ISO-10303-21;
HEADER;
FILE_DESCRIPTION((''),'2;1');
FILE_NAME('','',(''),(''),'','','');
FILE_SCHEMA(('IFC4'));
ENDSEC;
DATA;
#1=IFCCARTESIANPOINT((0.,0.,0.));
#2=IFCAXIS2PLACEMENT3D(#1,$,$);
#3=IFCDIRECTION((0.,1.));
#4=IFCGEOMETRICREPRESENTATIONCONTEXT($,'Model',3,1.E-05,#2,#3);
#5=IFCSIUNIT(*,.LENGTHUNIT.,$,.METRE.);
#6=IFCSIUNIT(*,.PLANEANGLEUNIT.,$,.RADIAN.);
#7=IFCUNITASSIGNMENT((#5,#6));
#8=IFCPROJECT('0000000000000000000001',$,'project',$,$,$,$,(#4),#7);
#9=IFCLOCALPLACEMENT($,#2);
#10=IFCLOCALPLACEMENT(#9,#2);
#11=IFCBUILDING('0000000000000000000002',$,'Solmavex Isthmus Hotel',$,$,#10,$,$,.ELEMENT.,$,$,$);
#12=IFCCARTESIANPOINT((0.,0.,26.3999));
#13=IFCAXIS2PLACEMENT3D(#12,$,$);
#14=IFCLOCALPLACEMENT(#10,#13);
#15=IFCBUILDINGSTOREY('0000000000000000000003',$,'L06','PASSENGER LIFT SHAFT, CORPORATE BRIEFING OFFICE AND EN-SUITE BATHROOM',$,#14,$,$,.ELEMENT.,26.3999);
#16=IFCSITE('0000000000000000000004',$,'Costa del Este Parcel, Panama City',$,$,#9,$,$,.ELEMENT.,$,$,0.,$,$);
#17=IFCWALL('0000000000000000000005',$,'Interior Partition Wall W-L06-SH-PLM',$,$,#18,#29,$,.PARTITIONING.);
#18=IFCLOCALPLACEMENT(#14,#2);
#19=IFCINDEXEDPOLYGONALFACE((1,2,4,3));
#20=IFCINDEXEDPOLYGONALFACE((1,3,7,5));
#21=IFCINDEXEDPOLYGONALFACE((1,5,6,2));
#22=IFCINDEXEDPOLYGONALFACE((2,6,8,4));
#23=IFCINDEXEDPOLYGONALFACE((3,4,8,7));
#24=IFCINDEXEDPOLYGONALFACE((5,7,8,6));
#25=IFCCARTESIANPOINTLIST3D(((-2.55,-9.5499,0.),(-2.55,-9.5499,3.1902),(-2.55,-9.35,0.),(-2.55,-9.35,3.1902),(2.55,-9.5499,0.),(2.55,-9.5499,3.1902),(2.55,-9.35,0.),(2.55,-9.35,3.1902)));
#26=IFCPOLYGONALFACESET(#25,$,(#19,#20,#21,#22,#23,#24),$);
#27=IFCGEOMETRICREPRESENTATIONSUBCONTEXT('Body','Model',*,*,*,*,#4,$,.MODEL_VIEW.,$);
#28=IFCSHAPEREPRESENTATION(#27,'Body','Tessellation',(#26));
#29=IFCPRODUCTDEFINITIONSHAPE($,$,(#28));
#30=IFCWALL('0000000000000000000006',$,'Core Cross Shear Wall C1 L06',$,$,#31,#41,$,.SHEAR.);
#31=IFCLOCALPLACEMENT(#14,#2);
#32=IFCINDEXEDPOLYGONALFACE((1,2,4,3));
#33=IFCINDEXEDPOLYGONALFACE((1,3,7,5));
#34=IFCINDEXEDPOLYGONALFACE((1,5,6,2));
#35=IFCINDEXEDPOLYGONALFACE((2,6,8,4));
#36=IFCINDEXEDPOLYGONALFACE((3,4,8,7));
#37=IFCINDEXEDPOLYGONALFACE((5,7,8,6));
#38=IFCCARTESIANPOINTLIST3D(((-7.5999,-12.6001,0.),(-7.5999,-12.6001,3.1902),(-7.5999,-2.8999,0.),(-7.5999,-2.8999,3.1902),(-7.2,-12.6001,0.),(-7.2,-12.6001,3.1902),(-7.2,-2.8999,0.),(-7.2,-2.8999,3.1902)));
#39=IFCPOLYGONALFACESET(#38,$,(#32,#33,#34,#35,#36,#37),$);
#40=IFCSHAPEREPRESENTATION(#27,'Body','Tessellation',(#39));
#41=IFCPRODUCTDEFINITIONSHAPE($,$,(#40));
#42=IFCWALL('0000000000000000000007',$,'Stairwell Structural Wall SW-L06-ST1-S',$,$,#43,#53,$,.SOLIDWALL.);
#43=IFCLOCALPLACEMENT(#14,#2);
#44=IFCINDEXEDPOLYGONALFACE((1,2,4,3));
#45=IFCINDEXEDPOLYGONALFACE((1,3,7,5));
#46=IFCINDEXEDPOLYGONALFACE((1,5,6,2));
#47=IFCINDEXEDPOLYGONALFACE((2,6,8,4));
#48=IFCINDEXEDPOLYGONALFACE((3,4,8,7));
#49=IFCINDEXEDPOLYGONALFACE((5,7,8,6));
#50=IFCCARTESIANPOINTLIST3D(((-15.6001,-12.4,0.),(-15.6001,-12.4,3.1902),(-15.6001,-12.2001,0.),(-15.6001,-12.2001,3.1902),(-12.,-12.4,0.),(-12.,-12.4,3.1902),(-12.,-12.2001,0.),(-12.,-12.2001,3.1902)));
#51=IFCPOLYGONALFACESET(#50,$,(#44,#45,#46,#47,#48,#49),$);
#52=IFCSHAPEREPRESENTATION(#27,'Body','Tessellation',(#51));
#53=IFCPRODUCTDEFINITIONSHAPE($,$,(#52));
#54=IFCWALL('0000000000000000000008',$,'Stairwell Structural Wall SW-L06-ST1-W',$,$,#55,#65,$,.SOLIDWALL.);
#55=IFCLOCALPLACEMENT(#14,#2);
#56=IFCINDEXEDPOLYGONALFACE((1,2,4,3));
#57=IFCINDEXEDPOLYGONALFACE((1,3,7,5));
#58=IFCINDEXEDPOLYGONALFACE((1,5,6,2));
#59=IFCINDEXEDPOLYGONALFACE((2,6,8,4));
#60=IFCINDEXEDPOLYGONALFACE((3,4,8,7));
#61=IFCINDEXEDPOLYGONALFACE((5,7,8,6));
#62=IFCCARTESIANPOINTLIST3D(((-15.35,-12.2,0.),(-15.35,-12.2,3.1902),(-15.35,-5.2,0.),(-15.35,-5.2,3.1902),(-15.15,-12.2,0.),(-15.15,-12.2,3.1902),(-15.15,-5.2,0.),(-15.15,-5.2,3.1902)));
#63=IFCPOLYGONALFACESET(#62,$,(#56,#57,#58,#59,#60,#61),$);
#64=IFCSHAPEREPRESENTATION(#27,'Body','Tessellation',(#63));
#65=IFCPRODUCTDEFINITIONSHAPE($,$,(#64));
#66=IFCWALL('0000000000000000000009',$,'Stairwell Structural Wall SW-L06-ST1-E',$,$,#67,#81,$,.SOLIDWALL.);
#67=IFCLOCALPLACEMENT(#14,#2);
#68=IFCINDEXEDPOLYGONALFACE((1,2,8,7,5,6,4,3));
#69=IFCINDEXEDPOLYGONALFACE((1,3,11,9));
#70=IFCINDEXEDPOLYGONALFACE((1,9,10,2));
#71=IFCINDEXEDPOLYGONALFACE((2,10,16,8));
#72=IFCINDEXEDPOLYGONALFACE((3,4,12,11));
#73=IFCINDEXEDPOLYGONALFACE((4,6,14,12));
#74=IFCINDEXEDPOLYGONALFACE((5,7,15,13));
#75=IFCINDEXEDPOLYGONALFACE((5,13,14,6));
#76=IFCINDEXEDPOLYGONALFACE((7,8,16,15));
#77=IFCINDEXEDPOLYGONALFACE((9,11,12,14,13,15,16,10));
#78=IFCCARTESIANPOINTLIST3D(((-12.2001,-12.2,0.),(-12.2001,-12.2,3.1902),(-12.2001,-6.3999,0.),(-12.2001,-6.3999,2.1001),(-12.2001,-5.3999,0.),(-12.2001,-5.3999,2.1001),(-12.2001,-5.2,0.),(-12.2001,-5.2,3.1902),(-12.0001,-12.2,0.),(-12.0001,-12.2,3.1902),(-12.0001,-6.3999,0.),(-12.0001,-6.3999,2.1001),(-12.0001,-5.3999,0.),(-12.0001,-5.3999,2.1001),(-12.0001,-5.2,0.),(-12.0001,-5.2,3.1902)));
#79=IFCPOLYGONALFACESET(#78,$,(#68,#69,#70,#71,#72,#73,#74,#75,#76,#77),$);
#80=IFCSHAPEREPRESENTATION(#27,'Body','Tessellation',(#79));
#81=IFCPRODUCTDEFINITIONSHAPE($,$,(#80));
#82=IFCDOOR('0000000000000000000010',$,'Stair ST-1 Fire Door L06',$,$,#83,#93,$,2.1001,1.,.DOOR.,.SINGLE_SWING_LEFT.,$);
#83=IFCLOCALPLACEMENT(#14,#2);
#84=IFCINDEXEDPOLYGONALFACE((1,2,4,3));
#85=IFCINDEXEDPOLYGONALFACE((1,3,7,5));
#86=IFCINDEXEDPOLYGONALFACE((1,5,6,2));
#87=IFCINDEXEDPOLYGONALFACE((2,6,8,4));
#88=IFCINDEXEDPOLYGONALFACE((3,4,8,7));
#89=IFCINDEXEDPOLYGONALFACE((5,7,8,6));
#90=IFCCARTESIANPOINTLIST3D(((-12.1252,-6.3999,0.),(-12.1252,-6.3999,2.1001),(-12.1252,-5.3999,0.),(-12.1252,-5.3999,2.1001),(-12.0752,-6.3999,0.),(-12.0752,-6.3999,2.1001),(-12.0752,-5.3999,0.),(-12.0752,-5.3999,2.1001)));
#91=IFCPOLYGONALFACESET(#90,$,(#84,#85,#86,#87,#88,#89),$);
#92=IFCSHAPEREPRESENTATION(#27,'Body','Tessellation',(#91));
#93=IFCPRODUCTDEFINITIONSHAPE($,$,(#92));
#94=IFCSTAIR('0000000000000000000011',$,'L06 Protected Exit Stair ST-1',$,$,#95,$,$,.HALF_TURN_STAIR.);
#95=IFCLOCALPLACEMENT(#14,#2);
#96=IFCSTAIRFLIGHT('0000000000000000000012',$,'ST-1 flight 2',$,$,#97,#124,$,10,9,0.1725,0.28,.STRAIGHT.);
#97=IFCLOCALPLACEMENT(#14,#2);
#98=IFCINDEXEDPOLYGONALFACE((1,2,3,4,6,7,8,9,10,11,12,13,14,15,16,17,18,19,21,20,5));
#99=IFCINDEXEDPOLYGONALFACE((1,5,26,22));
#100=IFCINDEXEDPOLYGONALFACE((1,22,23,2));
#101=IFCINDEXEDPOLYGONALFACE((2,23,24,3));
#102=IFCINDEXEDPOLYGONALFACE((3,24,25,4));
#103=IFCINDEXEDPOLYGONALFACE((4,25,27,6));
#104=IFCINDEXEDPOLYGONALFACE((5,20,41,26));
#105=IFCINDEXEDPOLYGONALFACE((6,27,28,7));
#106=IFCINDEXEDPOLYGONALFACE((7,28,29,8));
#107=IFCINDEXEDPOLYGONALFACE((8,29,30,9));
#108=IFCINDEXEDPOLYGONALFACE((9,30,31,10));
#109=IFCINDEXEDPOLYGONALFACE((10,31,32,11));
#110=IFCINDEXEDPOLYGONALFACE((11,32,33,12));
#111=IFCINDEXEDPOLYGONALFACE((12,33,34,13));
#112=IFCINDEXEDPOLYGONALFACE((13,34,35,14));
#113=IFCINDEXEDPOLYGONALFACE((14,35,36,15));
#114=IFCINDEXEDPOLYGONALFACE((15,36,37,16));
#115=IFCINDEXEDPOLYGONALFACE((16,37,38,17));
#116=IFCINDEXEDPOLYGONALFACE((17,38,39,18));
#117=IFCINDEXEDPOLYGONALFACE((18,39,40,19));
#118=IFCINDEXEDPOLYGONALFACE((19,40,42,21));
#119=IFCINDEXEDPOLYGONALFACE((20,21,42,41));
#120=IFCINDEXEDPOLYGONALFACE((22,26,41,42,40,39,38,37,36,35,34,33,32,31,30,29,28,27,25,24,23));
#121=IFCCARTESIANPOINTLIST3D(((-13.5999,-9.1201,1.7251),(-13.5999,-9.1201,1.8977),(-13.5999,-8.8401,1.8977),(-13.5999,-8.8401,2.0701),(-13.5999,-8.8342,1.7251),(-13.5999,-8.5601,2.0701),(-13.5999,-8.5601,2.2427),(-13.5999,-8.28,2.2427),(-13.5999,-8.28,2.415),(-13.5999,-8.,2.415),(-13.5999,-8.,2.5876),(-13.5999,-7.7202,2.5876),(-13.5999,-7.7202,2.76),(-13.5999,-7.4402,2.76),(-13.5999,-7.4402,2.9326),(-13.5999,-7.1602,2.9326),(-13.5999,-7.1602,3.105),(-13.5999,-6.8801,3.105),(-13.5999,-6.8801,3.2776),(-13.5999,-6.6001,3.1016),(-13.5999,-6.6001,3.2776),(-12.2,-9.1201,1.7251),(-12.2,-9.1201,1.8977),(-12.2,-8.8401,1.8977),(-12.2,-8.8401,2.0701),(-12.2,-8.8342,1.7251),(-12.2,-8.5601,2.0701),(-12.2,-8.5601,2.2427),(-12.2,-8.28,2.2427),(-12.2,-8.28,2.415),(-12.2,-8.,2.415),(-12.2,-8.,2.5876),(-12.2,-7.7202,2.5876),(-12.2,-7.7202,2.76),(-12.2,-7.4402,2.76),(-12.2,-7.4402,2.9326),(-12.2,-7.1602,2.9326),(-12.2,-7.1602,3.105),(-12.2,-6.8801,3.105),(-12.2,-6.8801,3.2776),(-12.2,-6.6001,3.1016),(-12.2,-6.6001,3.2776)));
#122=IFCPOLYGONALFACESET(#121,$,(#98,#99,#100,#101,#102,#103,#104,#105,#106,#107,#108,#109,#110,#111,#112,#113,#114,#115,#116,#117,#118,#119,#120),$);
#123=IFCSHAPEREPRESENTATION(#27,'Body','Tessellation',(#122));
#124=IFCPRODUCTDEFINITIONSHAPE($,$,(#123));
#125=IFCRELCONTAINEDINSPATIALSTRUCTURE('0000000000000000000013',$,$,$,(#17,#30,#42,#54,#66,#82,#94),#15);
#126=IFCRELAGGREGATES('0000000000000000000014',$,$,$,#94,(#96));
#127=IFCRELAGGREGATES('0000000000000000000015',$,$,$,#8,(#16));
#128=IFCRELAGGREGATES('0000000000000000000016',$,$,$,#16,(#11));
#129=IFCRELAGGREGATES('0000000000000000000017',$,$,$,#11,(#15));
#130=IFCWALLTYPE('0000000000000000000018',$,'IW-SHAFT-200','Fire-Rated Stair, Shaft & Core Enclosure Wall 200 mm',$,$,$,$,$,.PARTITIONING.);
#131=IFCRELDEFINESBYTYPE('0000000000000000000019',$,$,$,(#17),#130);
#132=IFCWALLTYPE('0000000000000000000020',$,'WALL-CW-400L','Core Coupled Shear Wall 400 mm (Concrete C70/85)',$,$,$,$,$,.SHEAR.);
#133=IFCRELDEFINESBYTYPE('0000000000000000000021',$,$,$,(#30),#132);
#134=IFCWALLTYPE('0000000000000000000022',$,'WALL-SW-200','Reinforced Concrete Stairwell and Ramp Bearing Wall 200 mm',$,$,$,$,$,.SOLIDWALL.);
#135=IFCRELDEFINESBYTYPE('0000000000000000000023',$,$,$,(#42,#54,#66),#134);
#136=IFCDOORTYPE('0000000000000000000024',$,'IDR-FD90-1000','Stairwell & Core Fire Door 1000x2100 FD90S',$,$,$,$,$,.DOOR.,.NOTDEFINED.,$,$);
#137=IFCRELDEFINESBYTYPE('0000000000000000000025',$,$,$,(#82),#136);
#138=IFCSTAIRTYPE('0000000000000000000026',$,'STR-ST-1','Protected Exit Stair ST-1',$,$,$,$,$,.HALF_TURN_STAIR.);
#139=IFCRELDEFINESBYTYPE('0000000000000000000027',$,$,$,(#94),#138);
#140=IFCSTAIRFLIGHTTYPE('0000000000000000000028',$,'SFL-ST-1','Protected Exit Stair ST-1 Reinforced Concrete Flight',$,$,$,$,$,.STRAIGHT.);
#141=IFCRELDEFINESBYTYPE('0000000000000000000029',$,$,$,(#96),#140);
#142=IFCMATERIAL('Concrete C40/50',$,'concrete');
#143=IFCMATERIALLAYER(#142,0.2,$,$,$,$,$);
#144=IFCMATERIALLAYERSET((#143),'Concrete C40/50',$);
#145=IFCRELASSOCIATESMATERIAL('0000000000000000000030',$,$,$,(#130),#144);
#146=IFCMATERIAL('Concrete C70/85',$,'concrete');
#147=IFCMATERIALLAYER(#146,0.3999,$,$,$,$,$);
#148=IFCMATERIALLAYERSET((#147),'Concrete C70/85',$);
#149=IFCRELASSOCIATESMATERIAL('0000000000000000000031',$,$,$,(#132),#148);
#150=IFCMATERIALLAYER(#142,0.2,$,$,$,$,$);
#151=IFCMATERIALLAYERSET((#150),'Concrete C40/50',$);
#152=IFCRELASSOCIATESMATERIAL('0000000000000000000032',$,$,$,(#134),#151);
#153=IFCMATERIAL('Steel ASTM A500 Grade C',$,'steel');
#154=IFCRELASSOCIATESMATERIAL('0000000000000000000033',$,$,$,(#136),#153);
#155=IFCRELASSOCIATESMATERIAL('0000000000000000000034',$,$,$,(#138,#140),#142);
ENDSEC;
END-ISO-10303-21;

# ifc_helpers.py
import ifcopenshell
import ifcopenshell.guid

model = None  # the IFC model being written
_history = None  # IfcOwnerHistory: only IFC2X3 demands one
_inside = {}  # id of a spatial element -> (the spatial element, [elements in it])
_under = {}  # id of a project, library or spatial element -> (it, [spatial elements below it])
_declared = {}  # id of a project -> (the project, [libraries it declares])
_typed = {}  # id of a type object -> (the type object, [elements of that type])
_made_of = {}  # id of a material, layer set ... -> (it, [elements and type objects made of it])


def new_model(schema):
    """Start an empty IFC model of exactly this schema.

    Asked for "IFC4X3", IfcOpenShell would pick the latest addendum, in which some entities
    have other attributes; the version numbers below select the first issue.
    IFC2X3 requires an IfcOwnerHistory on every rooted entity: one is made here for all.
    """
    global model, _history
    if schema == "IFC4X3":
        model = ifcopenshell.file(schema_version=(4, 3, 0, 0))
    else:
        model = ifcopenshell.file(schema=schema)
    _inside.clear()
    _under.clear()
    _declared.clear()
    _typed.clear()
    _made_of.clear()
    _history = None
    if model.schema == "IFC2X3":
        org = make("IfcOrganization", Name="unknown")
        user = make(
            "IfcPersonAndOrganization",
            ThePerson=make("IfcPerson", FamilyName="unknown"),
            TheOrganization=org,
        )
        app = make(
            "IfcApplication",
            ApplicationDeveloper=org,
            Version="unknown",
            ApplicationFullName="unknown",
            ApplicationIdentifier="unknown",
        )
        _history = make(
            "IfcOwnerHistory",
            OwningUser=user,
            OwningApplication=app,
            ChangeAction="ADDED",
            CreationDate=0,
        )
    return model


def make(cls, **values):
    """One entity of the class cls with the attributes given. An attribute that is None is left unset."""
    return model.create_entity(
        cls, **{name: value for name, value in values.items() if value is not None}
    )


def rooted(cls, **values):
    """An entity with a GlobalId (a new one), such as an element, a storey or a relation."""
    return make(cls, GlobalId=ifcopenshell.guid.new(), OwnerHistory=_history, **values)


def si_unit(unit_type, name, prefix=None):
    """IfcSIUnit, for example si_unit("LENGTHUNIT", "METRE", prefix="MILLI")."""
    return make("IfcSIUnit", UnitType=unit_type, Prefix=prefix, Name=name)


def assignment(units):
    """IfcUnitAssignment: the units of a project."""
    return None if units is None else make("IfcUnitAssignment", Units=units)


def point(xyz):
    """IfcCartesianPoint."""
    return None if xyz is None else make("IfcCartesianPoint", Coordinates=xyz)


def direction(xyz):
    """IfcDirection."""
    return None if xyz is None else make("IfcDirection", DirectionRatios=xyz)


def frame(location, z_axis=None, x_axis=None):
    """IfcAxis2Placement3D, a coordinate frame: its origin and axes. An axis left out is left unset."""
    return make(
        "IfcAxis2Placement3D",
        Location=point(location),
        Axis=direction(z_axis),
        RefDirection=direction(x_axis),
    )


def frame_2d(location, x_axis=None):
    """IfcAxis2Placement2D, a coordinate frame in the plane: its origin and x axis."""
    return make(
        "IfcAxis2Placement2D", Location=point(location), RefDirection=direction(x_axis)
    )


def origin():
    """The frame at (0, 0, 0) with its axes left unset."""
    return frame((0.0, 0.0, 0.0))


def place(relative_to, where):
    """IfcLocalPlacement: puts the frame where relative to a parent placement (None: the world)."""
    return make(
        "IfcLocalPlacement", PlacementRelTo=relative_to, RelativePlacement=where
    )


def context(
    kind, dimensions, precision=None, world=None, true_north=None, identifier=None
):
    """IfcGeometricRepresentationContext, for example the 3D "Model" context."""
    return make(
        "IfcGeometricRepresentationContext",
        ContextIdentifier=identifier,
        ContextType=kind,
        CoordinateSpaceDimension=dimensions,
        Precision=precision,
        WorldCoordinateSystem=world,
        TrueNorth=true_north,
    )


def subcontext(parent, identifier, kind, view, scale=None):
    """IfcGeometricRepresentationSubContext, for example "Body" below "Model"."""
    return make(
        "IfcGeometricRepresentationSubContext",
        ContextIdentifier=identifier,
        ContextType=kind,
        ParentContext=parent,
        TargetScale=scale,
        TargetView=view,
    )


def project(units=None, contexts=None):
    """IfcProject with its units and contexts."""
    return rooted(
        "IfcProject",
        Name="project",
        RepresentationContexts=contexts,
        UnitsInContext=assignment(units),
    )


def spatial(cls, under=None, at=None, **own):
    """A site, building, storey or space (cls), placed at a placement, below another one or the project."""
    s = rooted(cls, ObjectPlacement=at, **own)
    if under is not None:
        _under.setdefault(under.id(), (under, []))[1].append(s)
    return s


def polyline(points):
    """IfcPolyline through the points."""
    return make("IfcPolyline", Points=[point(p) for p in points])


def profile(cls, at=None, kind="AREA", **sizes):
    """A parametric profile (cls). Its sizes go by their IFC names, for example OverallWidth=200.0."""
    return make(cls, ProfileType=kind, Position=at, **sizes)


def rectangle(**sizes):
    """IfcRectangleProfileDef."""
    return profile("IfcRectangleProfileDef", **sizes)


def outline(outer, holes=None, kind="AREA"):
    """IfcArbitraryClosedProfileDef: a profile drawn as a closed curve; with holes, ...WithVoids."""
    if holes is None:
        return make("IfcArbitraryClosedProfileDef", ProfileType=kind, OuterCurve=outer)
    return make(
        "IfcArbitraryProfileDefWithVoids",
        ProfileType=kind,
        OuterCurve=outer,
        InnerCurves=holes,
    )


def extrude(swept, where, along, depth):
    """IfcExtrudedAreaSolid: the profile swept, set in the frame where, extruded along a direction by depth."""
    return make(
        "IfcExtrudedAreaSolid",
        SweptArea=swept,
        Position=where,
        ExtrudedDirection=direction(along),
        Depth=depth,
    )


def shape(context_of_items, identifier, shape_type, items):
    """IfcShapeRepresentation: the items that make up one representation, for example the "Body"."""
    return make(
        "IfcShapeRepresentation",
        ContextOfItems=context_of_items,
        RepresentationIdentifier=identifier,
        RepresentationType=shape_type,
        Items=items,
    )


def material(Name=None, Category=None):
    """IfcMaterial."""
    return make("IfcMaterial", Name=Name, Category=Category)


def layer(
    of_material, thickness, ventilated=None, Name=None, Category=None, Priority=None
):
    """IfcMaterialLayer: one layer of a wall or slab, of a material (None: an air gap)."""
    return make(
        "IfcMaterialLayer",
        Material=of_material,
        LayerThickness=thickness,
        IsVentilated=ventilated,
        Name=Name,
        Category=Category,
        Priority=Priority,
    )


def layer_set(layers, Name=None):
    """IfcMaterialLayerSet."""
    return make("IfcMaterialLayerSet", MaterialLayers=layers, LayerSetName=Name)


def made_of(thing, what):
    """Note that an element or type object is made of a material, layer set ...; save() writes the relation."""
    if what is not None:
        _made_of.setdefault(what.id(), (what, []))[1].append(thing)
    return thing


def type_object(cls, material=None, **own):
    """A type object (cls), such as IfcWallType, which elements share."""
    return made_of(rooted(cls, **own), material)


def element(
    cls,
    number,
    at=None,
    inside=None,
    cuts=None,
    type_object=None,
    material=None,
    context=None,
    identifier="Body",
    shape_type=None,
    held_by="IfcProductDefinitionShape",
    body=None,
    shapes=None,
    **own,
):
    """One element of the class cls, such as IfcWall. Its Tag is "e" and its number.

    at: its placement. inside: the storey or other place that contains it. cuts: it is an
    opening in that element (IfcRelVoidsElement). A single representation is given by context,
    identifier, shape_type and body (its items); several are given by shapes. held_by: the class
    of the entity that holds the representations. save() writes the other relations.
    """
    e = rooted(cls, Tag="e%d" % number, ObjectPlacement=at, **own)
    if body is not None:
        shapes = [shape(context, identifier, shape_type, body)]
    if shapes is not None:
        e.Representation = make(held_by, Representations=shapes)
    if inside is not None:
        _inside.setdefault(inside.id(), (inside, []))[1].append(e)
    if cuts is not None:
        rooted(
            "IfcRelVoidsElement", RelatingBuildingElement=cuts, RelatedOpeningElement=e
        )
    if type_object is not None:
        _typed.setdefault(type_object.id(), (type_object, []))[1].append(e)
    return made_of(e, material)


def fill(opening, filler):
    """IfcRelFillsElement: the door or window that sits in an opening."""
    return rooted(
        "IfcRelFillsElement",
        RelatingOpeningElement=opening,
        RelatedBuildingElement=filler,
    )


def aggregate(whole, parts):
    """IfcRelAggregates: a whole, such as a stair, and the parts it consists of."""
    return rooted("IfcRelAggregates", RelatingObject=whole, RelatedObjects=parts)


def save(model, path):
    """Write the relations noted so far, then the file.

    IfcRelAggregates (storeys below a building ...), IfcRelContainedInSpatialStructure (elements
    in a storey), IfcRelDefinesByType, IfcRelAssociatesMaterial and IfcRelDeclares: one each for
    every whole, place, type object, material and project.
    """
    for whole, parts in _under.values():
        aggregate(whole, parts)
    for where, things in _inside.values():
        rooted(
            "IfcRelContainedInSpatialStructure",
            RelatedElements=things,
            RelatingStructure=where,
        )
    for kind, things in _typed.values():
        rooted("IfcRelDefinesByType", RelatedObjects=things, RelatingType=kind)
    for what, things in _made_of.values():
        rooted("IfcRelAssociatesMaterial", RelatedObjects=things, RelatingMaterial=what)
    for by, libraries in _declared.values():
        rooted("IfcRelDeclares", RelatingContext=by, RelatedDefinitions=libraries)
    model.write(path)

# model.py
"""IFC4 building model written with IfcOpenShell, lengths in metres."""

from ifc_helpers import new_model, si_unit, direction, frame, frame_2d, origin, place, context, subcontext, project, spatial, polyline, rectangle, outline, extrude, material, layer, layer_set, type_object, element, fill, aggregate, save


model = new_model("IFC4")

# Units and contexts
model_context = context("Model", 3, precision=1e-05, world=origin(), true_north=direction((0.0, 1.0)))
body_context = subcontext(model_context, "Body", "Model", "MODEL_VIEW")
ifc_project = project(units=[si_unit("LENGTHUNIT", "METRE"), si_unit("PLANEANGLEUNIT", "RADIAN")], contexts=[model_context])

# Site, building, storey
site_placement = place(None, origin())
site = spatial("IfcSite", under=ifc_project, at=site_placement, Name="Costa del Este Parcel, Panama City", CompositionType="ELEMENT", RefElevation=0.0)
building_placement = place(site_placement, origin())
building = spatial("IfcBuilding", under=site, at=building_placement, Name="Solmavex Isthmus Hotel", CompositionType="ELEMENT")
storey_placement = place(building_placement, frame((0.0, 0.0, 26.3999)))
storey = spatial("IfcBuildingStorey", under=building, at=storey_placement, Name="L06", Description="PASSENGER LIFT SHAFT, CORPORATE BRIEFING OFFICE AND EN-SUITE BATHROOM", CompositionType="ELEMENT", Elevation=26.3999)

# Shared definitions
ifc_material_1 = material(Name="Concrete C70/85", Category="concrete")

# Shared definitions
ifc_material_2 = material(Name="Concrete C40/50", Category="concrete")

# Shared definitions
ifc_layer_1 = layer(ifc_material_2, 0.2)
ifc_layer_set_1 = layer_set([ifc_layer_1], Name="Concrete C40/50")
wall_type_1 = type_object("IfcWallType", Name="IW-SHAFT-200", Description="Fire-Rated Stair, Shaft & Core Enclosure Wall 200 mm", PredefinedType="PARTITIONING", material=ifc_layer_set_1)

# Walls
wall_1_placement = place(storey_placement, frame((-2.55, -9.45, 0.0), z_axis=(0.0, 0.0, 1.0), x_axis=(1.0, 0.0, 0.0)))
element("IfcWall", 1, at=wall_1_placement, inside=storey, type_object=wall_type_1, Name="Interior Partition Wall W-L06-SH-PLM", PredefinedType="PARTITIONING", context=body_context, shape_type="SweptSolid", body=[
    extrude(rectangle(XDim=5.1001, YDim=0.2, at=frame_2d((2.55, 0.0))), origin(), (0.0, 0.0, 1.0), 3.1902),
])
ifc_layer_2 = layer(ifc_material_1, 0.3999)
ifc_layer_set_2 = layer_set([ifc_layer_2], Name="Concrete C70/85")
wall_type_2 = type_object("IfcWallType", Name="WALL-CW-400L", Description="Core Coupled Shear Wall 400 mm (Concrete C70/85)", PredefinedType="SHEAR", material=ifc_layer_set_2)
wall_2_placement = place(storey_placement, frame((-7.3999, -12.6001, 0.0), z_axis=(0.0, 0.0, 1.0), x_axis=(0.0, 1.0, 0.0)))
element("IfcWall", 2, at=wall_2_placement, inside=storey, type_object=wall_type_2, Name="Core Cross Shear Wall C1 L06", PredefinedType="SHEAR", context=body_context, shape_type="SweptSolid", body=[
    extrude(rectangle(XDim=9.7002, YDim=0.3999, at=frame_2d((4.8501, 0.0))), origin(), (0.0, 0.0, 1.0), 3.1902),
])
ifc_layer_3 = layer(ifc_material_2, 0.2)
ifc_layer_set_3 = layer_set([ifc_layer_3], Name="Concrete C40/50")
wall_type_3 = type_object("IfcWallType", Name="WALL-SW-200", Description="Reinforced Concrete Stairwell and Ramp Bearing Wall 200 mm", PredefinedType="SOLIDWALL", material=ifc_layer_set_3)
wall_3_placement = place(storey_placement, frame((-15.6001, -12.3, 0.0), z_axis=(0.0, 0.0, 1.0), x_axis=(1.0, 0.0, 0.0)))
element("IfcWall", 3, at=wall_3_placement, inside=storey, type_object=wall_type_3, Name="Stairwell Structural Wall SW-L06-ST1-S", PredefinedType="SOLIDWALL", context=body_context, shape_type="SweptSolid", body=[
    extrude(rectangle(XDim=3.6001, YDim=0.2, at=frame_2d((1.8, 0.0))), origin(), (0.0, 0.0, 1.0), 3.1902),
])
wall_4_placement = place(storey_placement, frame((-15.25, -12.2, 0.0), z_axis=(0.0, 0.0, 1.0), x_axis=(0.0, 1.0, 0.0)))
element("IfcWall", 4, at=wall_4_placement, inside=storey, type_object=wall_type_3, Name="Stairwell Structural Wall SW-L06-ST1-W", PredefinedType="SOLIDWALL", context=body_context, shape_type="SweptSolid", body=[
    extrude(rectangle(XDim=7.0, YDim=0.2, at=frame_2d((3.5, 0.0))), origin(), (0.0, 0.0, 1.0), 3.1902),
])

# Wall, opening, door
wall_5_placement = place(storey_placement, frame((-12.1001, -12.2, 0.0), z_axis=(0.0, 0.0, 1.0), x_axis=(0.0, 1.0, 0.0)))
wall_5 = element("IfcWall", 5, at=wall_5_placement, inside=storey, type_object=wall_type_3, Name="Stairwell Structural Wall SW-L06-ST1-E", PredefinedType="SOLIDWALL", context=body_context, shape_type="SweptSolid", body=[
    extrude(rectangle(XDim=7.0, YDim=0.2, at=frame_2d((3.5, 0.0))), origin(), (0.0, 0.0, 1.0), 3.1902),
])
opening_1_placement = place(wall_5_placement, frame((5.8, 0.0, 0.0)))
opening_1 = element("IfcOpeningElement", 6, at=opening_1_placement, cuts=wall_5, PredefinedType="OPENING", context=body_context, shape_type="SweptSolid", body=[
    extrude(rectangle(XDim=1.0, YDim=2.1001, at=frame_2d((0.5, 1.05))), frame((0.0, 0.1099, 0.0), z_axis=(0.0, -1.0, 0.0), x_axis=(1.0, 0.0, 0.0)), (0.0, 0.0, 1.0), 0.22),
])
ifc_material_3 = material(Name="Steel ASTM A500 Grade C", Category="steel")
door_type_1 = type_object("IfcDoorType", Name="IDR-FD90-1000", Description="Stairwell & Core Fire Door 1000x2100 FD90S", OperationType="NOTDEFINED", PredefinedType="DOOR", material=ifc_material_3)
door_1_placement = place(opening_1_placement, frame((1.0, 0.0, 0.0), z_axis=(0.0, 0.0, 1.0), x_axis=(-1.0, 0.0, 0.0)))
door_1 = element("IfcDoor", 7, at=door_1_placement, inside=storey, type_object=door_type_1, Name="Stair ST-1 Fire Door L06", OperationType="SINGLE_SWING_LEFT", OverallHeight=2.1001, OverallWidth=1.0, PredefinedType="DOOR", context=body_context, shape_type="SweptSolid", body=[
    extrude(rectangle(XDim=1.0, YDim=2.1001, at=frame_2d((0.5, 1.05))), frame((0.0, 0.0249, 0.0), z_axis=(0.0, -1.0, 0.0), x_axis=(1.0, 0.0, 0.0)), (0.0, 0.0, 1.0), 0.05),
])
fill(opening_1, door_1)

# Stair, stair flight
stair_type = type_object("IfcStairType", Name="STR-ST-1", Description="Protected Exit Stair ST-1", PredefinedType="HALF_TURN_STAIR", material=ifc_material_2)
stair_placement = place(storey_placement, origin())
stair = element("IfcStair", 8, at=stair_placement, inside=storey, type_object=stair_type, Name="L06 Protected Exit Stair ST-1", PredefinedType="HALF_TURN_STAIR")
stair_flight_type = type_object("IfcStairFlightType", Name="SFL-ST-1", Description="Protected Exit Stair ST-1 Reinforced Concrete Flight", PredefinedType="STRAIGHT", material=ifc_material_2)
stair_flight_placement = place(storey_placement, frame((-12.8999, -9.1201, 1.7251), z_axis=(0.0, 0.0, 1.0), x_axis=(0.0, 1.0, 0.0)))
stair_flight = element("IfcStairFlight", 9, at=stair_flight_placement, type_object=stair_flight_type, Name="ST-1 flight 2", NumberOfRisers=10, NumberOfTreads=9, PredefinedType="STRAIGHT", RiserHeight=0.1725, TreadLength=0.28, context=body_context, shape_type="SweptSolid", body=[
    extrude(outline(polyline([(0.0, 0.0), (0.0, 0.1726), (0.28, 0.1726), (0.28, 0.345), (0.5601, 0.345), (0.5601, 0.5176), (0.8401, 0.5176), (0.8401, 0.6899), (1.1201, 0.6899), (1.1201, 0.8625), (1.3999, 0.8625), (1.3999, 1.0349), (1.6799, 1.0349), (1.6799, 1.2075), (1.96, 1.2075), (1.96, 1.3799), (2.24, 1.3799), (2.24, 1.5525), (2.52, 1.5525), (2.52, 1.7251), (2.52, 1.3765), (0.2859, 0.0), (0.0, 0.0)])), frame((0.0, 0.7, 0.0), z_axis=(0.0, -1.0, 0.0), x_axis=(1.0, 0.0, 0.0)), (0.0, 0.0, 1.0), 1.3999),
])
aggregate(stair, [stair_flight])

save(model, "model.ifc")
